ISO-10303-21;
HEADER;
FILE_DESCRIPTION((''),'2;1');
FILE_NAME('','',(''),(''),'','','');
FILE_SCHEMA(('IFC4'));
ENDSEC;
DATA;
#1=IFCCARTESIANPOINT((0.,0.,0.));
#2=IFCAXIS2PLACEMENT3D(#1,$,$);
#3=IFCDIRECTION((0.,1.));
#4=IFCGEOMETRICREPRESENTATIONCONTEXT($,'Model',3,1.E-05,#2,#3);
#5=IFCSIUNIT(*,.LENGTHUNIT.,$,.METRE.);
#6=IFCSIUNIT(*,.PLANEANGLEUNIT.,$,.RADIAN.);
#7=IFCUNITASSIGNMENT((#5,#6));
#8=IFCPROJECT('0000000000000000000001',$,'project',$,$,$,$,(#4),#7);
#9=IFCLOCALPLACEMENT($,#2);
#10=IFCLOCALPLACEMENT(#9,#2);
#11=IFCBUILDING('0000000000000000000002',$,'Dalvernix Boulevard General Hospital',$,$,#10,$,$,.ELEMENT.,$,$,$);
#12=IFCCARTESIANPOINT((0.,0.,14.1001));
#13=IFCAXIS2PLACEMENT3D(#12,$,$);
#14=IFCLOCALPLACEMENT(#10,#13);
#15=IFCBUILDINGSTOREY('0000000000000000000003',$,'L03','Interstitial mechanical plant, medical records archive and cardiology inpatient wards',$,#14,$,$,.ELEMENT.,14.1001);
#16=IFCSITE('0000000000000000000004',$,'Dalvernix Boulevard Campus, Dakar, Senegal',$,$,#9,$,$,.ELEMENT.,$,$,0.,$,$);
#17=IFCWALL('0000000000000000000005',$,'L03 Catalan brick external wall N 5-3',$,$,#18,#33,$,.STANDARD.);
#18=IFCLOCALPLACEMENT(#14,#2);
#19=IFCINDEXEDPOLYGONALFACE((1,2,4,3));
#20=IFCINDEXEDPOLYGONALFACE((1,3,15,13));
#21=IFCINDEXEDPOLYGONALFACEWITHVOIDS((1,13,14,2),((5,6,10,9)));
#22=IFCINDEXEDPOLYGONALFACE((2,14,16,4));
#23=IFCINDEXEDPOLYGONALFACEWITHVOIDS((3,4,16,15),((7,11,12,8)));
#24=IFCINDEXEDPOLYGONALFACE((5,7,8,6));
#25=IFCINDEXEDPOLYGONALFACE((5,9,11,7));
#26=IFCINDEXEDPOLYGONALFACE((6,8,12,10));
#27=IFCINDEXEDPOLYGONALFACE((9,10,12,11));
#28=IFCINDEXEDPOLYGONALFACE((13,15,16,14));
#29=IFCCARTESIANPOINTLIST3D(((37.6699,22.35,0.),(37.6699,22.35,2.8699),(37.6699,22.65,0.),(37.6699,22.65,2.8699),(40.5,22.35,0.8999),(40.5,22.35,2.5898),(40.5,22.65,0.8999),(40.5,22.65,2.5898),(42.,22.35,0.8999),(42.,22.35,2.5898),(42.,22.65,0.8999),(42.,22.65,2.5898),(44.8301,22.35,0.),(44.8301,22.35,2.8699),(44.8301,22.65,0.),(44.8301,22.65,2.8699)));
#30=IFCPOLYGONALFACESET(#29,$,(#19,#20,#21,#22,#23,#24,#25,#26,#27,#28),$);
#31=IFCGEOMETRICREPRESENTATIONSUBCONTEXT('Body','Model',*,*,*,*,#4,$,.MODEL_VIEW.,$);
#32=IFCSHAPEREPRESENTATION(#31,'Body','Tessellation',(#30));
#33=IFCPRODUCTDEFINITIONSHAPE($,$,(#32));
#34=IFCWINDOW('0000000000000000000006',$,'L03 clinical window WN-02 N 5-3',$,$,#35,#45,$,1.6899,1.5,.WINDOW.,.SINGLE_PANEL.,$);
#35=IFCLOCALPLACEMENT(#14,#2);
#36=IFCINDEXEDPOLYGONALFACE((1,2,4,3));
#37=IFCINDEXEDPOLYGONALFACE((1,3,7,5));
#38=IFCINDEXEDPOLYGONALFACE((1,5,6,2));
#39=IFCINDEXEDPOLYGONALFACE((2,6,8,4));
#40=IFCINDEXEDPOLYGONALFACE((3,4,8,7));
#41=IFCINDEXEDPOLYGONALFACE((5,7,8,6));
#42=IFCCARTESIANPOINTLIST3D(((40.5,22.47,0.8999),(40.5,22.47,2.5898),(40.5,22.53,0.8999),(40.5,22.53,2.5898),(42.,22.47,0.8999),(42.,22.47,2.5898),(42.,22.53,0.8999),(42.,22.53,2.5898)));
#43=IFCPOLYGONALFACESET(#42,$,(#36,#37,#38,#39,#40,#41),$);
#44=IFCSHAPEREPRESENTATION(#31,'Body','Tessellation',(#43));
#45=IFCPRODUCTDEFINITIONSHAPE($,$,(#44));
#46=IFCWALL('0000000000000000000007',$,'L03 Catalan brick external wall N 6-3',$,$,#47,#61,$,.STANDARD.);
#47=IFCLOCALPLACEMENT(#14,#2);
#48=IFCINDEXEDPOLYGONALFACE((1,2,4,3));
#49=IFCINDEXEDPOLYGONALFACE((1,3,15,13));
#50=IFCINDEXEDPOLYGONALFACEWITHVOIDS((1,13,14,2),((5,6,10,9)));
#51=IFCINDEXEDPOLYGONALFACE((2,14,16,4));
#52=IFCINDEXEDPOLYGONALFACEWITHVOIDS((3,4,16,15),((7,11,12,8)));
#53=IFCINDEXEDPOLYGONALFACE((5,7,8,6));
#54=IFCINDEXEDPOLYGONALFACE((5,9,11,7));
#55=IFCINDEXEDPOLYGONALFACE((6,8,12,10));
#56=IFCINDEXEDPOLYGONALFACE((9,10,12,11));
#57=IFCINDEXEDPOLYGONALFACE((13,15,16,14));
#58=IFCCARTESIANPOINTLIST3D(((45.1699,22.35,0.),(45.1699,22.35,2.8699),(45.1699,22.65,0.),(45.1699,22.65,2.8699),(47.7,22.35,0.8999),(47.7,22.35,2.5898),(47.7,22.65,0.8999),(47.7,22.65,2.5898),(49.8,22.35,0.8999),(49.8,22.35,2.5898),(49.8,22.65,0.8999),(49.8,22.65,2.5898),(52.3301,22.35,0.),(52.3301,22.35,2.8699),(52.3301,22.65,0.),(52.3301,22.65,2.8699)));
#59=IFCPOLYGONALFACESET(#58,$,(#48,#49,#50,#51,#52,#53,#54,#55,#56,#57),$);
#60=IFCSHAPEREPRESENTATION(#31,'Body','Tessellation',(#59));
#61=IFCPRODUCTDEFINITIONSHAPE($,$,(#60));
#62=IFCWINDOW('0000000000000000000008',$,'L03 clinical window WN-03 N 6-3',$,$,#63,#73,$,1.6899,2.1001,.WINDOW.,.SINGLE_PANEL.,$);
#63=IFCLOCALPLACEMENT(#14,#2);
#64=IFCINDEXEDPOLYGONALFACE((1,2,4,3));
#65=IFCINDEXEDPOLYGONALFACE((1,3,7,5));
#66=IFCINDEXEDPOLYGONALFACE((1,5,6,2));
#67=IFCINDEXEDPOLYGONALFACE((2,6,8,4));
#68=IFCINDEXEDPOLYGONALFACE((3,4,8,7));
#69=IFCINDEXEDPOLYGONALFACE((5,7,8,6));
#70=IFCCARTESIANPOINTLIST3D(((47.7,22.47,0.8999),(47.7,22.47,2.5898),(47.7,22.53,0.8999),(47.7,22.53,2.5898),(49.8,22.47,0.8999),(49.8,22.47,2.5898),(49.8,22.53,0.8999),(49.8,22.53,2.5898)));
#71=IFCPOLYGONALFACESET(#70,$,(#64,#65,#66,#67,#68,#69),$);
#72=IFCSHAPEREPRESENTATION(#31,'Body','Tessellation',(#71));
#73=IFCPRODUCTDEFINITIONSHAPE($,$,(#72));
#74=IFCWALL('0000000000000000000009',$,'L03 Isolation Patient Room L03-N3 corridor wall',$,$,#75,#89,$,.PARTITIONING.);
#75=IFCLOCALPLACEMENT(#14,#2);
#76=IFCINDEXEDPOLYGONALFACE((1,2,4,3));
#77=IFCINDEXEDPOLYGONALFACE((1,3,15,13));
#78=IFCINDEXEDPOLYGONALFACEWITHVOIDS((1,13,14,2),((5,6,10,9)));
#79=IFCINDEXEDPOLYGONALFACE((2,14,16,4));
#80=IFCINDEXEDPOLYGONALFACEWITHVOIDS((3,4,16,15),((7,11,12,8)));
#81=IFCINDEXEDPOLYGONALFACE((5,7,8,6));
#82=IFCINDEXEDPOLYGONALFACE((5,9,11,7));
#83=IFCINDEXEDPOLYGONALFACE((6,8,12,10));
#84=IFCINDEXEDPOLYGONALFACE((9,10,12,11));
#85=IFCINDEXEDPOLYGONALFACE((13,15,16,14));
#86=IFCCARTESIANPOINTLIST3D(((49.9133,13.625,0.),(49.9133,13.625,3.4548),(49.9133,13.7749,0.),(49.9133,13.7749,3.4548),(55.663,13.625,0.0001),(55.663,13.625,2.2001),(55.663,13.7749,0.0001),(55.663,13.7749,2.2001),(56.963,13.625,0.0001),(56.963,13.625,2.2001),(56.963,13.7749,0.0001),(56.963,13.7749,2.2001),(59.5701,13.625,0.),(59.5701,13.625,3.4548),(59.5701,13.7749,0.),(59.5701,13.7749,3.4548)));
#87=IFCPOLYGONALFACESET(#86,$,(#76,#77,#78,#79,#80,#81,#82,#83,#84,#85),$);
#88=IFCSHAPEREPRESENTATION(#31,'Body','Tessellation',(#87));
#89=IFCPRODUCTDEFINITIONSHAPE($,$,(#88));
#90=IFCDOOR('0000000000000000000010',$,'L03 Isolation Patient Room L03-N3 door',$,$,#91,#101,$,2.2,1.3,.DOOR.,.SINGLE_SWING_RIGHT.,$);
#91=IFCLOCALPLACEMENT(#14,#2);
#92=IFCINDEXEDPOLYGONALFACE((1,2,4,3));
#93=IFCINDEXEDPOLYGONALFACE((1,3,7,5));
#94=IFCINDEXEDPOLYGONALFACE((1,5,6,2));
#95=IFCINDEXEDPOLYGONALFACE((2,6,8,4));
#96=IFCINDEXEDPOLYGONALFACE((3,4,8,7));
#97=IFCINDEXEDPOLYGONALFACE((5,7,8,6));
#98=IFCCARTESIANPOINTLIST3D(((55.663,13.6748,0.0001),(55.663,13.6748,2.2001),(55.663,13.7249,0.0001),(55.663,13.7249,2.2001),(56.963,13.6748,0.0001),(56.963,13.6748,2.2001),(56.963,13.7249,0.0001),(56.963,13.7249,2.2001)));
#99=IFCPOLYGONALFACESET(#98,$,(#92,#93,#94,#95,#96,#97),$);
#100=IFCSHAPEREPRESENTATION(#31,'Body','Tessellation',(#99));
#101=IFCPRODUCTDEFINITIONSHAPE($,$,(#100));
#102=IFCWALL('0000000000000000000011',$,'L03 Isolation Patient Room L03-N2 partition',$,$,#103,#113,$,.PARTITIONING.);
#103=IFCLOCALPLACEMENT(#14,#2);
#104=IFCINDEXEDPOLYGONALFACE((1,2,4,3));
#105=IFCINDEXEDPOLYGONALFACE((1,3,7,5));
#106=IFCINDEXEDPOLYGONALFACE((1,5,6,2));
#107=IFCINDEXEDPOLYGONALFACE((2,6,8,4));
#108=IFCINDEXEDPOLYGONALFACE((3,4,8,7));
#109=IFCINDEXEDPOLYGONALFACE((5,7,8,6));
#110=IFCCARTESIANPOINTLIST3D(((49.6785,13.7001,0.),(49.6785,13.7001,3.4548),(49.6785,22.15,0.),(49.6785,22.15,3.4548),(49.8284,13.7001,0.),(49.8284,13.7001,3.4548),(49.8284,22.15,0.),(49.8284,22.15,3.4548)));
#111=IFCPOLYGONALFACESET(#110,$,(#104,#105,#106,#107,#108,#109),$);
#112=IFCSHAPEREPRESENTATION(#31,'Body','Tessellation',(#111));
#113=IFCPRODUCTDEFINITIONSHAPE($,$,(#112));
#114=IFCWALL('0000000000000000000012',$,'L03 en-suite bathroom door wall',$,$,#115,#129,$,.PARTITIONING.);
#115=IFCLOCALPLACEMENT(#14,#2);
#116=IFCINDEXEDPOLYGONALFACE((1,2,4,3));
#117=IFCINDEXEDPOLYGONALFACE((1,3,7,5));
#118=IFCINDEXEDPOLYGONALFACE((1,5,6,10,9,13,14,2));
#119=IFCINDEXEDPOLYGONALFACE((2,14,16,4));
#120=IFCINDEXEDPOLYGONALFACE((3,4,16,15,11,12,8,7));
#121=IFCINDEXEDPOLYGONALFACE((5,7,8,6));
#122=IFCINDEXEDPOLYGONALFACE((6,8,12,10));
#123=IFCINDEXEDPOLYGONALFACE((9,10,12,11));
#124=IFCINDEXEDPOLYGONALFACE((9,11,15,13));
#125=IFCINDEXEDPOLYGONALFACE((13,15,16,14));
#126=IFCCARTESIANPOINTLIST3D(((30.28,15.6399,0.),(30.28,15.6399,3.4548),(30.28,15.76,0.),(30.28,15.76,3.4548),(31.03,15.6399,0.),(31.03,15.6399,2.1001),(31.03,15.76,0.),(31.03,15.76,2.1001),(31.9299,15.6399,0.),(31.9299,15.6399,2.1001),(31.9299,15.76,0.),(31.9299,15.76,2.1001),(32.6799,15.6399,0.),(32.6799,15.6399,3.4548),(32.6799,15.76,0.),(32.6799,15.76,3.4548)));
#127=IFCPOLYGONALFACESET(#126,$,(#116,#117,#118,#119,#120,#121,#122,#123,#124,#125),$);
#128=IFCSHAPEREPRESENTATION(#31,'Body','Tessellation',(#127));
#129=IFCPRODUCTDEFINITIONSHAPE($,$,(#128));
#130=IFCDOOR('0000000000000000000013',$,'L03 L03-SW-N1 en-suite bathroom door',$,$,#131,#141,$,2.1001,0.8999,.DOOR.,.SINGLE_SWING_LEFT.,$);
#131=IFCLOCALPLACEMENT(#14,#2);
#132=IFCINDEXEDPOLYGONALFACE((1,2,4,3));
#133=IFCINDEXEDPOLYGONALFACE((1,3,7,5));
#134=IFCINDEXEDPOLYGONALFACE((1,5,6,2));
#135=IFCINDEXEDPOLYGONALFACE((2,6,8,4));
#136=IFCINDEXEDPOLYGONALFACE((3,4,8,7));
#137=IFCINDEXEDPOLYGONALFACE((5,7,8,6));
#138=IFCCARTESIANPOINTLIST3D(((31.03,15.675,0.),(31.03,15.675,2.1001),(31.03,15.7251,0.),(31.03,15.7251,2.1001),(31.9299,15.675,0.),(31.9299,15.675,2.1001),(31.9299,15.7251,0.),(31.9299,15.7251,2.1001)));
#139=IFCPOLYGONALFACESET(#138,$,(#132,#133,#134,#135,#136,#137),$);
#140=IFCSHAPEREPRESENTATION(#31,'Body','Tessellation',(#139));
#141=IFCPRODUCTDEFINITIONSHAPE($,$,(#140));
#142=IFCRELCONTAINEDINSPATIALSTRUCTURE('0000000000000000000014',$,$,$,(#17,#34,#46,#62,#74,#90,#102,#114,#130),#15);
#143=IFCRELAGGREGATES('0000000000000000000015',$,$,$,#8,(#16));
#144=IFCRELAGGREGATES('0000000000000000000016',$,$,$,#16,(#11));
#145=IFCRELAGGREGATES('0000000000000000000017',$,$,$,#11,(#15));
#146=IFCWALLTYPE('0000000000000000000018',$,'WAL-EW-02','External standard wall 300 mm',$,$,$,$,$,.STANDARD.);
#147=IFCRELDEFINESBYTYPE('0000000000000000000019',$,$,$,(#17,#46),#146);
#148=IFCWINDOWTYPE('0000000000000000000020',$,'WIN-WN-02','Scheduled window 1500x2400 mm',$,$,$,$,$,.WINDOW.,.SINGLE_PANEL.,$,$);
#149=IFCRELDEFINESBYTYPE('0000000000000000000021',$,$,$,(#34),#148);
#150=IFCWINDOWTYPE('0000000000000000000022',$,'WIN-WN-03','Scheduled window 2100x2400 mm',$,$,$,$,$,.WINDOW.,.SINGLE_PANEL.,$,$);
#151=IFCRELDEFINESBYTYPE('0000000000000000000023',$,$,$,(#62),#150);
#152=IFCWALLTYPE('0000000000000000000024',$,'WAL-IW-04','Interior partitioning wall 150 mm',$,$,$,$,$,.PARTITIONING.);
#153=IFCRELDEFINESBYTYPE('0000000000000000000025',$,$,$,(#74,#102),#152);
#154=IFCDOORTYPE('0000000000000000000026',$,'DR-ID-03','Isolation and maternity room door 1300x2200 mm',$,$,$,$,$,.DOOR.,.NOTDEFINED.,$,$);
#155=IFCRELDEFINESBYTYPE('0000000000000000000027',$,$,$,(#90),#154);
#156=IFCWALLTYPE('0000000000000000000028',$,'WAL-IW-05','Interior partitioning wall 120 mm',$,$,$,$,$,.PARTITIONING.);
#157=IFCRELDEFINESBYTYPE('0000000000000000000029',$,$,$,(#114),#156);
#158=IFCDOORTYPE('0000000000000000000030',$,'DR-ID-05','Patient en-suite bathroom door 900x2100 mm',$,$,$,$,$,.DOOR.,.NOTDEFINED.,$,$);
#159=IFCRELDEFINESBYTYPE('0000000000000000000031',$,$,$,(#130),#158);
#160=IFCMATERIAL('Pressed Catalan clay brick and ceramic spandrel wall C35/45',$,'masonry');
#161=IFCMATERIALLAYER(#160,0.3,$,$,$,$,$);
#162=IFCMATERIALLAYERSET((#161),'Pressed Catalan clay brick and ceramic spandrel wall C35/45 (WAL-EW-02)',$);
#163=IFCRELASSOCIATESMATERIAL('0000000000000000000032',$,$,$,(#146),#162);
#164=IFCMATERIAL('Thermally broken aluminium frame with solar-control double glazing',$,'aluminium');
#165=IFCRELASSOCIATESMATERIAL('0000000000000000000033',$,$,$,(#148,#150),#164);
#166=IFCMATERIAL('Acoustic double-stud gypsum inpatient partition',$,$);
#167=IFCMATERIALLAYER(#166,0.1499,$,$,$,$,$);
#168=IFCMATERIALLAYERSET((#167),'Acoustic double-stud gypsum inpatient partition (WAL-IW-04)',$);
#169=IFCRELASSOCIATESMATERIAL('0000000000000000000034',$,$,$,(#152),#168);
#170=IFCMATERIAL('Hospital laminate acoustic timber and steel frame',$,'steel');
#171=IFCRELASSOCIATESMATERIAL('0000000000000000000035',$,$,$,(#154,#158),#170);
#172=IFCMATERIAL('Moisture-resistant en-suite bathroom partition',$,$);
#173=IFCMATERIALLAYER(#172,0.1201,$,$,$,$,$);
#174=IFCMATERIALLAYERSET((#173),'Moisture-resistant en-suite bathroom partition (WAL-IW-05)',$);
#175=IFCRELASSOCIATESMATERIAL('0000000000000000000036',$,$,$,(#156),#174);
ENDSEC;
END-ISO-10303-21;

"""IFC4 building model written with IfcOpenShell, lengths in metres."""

from ifc_helpers import new_model, si_unit, direction, frame, frame_2d, origin, place, context, subcontext, project, spatial, rectangle, extrude, material, layer, layer_set, type_object, element, fill, save


model = new_model("IFC4")

# Units and contexts
model_context = context("Model", 3, precision=1e-05, world=origin(), true_north=direction((0.0, 1.0)))
body_context = subcontext(model_context, "Body", "Model", "MODEL_VIEW")
ifc_project = project(units=[si_unit("LENGTHUNIT", "METRE"), si_unit("PLANEANGLEUNIT", "RADIAN")], contexts=[model_context])

# Site, building, storey
site_placement = place(None, origin())
site = spatial("IfcSite", under=ifc_project, at=site_placement, Name="Dalvernix Boulevard Campus, Dakar, Senegal", CompositionType="ELEMENT", RefElevation=0.0)
building_placement = place(site_placement, origin())
building = spatial("IfcBuilding", under=site, at=building_placement, Name="Dalvernix Boulevard General Hospital", CompositionType="ELEMENT")
storey_placement = place(building_placement, frame((0.0, 0.0, 14.1001)))
storey = spatial("IfcBuildingStorey", under=building, at=storey_placement, Name="L03", Description="Interstitial mechanical plant, medical records archive and cardiology inpatient wards", CompositionType="ELEMENT", Elevation=14.1001)

# Walls, openings, windows
ifc_material_1 = material(Name="Pressed Catalan clay brick and ceramic spandrel wall C35/45", Category="masonry")
ifc_layer_1 = layer(ifc_material_1, 0.3)
ifc_layer_set_1 = layer_set([ifc_layer_1], Name="Pressed Catalan clay brick and ceramic spandrel wall C35/45 (WAL-EW-02)")
wall_type_1 = type_object("IfcWallType", Name="WAL-EW-02", Description="External standard wall 300 mm", PredefinedType="STANDARD", material=ifc_layer_set_1)
ifc_material_2 = material(Name="Thermally broken aluminium frame with solar-control double glazing", Category="aluminium")
wall_1_placement = place(storey_placement, frame((37.6699, 22.5, 0.0), z_axis=(0.0, 0.0, 1.0), x_axis=(1.0, 0.0, 0.0)))
wall_1 = element("IfcWall", 1, at=wall_1_placement, inside=storey, type_object=wall_type_1, Name="L03 Catalan brick external wall N 5-3", PredefinedType="STANDARD", context=body_context, shape_type="SweptSolid", body=[
    extrude(rectangle(XDim=7.1602, YDim=0.3, at=frame_2d((3.5801, 0.0))), origin(), (0.0, 0.0, 1.0), 2.8699),
])
opening_1_placement = place(wall_1_placement, frame((2.8301, 0.0, 0.8999)))
opening_1 = element("IfcOpeningElement", 2, at=opening_1_placement, cuts=wall_1, PredefinedType="OPENING", context=body_context, shape_type="SweptSolid", body=[
    extrude(rectangle(XDim=1.5, YDim=1.6899, at=frame_2d((0.75, 0.845))), frame((0.0, 0.1599, 0.0), z_axis=(0.0, -1.0, 0.0), x_axis=(1.0, 0.0, 0.0)), (0.0, 0.0, 1.0), 0.3201),
])
window_type_1 = type_object("IfcWindowType", Name="WIN-WN-02", Description="Scheduled window 1500x2400 mm", PartitioningType="SINGLE_PANEL", PredefinedType="WINDOW", material=ifc_material_2)
window_1_placement = place(opening_1_placement, origin())
window_1 = element("IfcWindow", 3, at=window_1_placement, inside=storey, type_object=window_type_1, Name="L03 clinical window WN-02 N 5-3", OverallHeight=1.6899, OverallWidth=1.5, PartitioningType="SINGLE_PANEL", PredefinedType="WINDOW", context=body_context, shape_type="SweptSolid", body=[
    extrude(rectangle(XDim=1.5, YDim=1.6899, at=frame_2d((0.75, 0.845))), frame((0.0, 0.03, 0.0), z_axis=(0.0, -1.0, 0.0), x_axis=(1.0, 0.0, 0.0)), (0.0, 0.0, 1.0), 0.0601),
])
fill(opening_1, window_1)
wall_2_placement = place(storey_placement, frame((45.1699, 22.5, 0.0), z_axis=(0.0, 0.0, 1.0), x_axis=(1.0, 0.0, 0.0)))
wall_2 = element("IfcWall", 4, at=wall_2_placement, inside=storey, type_object=wall_type_1, Name="L03 Catalan brick external wall N 6-3", PredefinedType="STANDARD", context=body_context, shape_type="SweptSolid", body=[
    extrude(rectangle(XDim=7.1602, YDim=0.3, at=frame_2d((3.5801, 0.0))), origin(), (0.0, 0.0, 1.0), 2.8699),
])
opening_2_placement = place(wall_2_placement, frame((2.53, 0.0, 0.8999)))
opening_2 = element("IfcOpeningElement", 5, at=opening_2_placement, cuts=wall_2, PredefinedType="OPENING", context=body_context, shape_type="SweptSolid", body=[
    extrude(rectangle(XDim=2.1001, YDim=1.6899, at=frame_2d((1.05, 0.845))), frame((0.0, 0.1599, 0.0), z_axis=(0.0, -1.0, 0.0), x_axis=(1.0, 0.0, 0.0)), (0.0, 0.0, 1.0), 0.3201),
])
window_type_2 = type_object("IfcWindowType", Name="WIN-WN-03", Description="Scheduled window 2100x2400 mm", PartitioningType="SINGLE_PANEL", PredefinedType="WINDOW", material=ifc_material_2)
window_2_placement = place(opening_2_placement, origin())
window_2 = element("IfcWindow", 6, at=window_2_placement, inside=storey, type_object=window_type_2, Name="L03 clinical window WN-03 N 6-3", OverallHeight=1.6899, OverallWidth=2.1001, PartitioningType="SINGLE_PANEL", PredefinedType="WINDOW", context=body_context, shape_type="SweptSolid", body=[
    extrude(rectangle(XDim=2.1001, YDim=1.6899, at=frame_2d((1.05, 0.845))), frame((0.0, 0.03, 0.0), z_axis=(0.0, -1.0, 0.0), x_axis=(1.0, 0.0, 0.0)), (0.0, 0.0, 1.0), 0.0601),
])
fill(opening_2, window_2)

# Wall, opening, door
ifc_material_3 = material(Name="Acoustic double-stud gypsum inpatient partition")
ifc_layer_2 = layer(ifc_material_3, 0.1499)
ifc_layer_set_2 = layer_set([ifc_layer_2], Name="Acoustic double-stud gypsum inpatient partition (WAL-IW-04)")
wall_type_2 = type_object("IfcWallType", Name="WAL-IW-04", Description="Interior partitioning wall 150 mm", PredefinedType="PARTITIONING", material=ifc_layer_set_2)
wall_3_placement = place(storey_placement, frame((49.9133, 13.7, 0.0), z_axis=(0.0, 0.0, 1.0), x_axis=(1.0, 0.0, 0.0)))
wall_3 = element("IfcWall", 7, at=wall_3_placement, inside=storey, type_object=wall_type_2, Name="L03 Isolation Patient Room L03-N3 corridor wall", PredefinedType="PARTITIONING", context=body_context, shape_type="SweptSolid", body=[
    extrude(rectangle(XDim=9.6567, YDim=0.1499, at=frame_2d((4.8284, 0.0))), origin(), (0.0, 0.0, 1.0), 3.4548),
])
opening_3_placement = place(wall_3_placement, frame((5.7498, 0.0, 0.0)))
opening_3 = element("IfcOpeningElement", 8, at=opening_3_placement, cuts=wall_3, PredefinedType="OPENING", context=body_context, shape_type="SweptSolid", body=[
    extrude(rectangle(XDim=1.3, YDim=2.2, at=frame_2d((0.6499, 1.1001))), frame((0.0, 0.085, 0.0), z_axis=(0.0, -1.0, 0.0), x_axis=(1.0, 0.0, 0.0)), (0.0, 0.0, 1.0), 0.1699),
])
ifc_material_4 = material(Name="Hospital laminate acoustic timber and steel frame", Category="steel")
door_type_1 = type_object("IfcDoorType", Name="DR-ID-03", Description="Isolation and maternity room door 1300x2200 mm", OperationType="NOTDEFINED", PredefinedType="DOOR", material=ifc_material_4)
door_1_placement = place(opening_3_placement, origin())
door_1 = element("IfcDoor", 9, at=door_1_placement, inside=storey, type_object=door_type_1, Name="L03 Isolation Patient Room L03-N3 door", OperationType="SINGLE_SWING_RIGHT", OverallHeight=2.2, OverallWidth=1.3, PredefinedType="DOOR", context=body_context, shape_type="SweptSolid", body=[
    extrude(rectangle(XDim=1.3, YDim=2.2, at=frame_2d((0.6499, 1.1001))), frame((0.0, 0.0249, 0.0), z_axis=(0.0, -1.0, 0.0), x_axis=(1.0, 0.0, 0.0)), (0.0, 0.0, 1.0), 0.05),
])
fill(opening_3, door_1)

# Wall
wall_4_placement = place(storey_placement, frame((49.7534, 13.7, 0.0), z_axis=(0.0, 0.0, 1.0), x_axis=(0.0, 1.0, 0.0)))
element("IfcWall", 10, at=wall_4_placement, inside=storey, type_object=wall_type_2, Name="L03 Isolation Patient Room L03-N2 partition", PredefinedType="PARTITIONING", context=body_context, shape_type="SweptSolid", body=[
    extrude(rectangle(XDim=8.45, YDim=0.1499, at=frame_2d((4.2251, 0.0))), origin(), (0.0, 0.0, 1.0), 3.4548),
])

# Wall, opening, door
ifc_material_5 = material(Name="Moisture-resistant en-suite bathroom partition")
ifc_layer_3 = layer(ifc_material_5, 0.1201)
ifc_layer_set_3 = layer_set([ifc_layer_3], Name="Moisture-resistant en-suite bathroom partition (WAL-IW-05)")
wall_type_3 = type_object("IfcWallType", Name="WAL-IW-05", Description="Interior partitioning wall 120 mm", PredefinedType="PARTITIONING", material=ifc_layer_set_3)
wall_5_placement = place(storey_placement, frame((32.6799, 15.7, 0.0), z_axis=(0.0, 0.0, 1.0), x_axis=(-1.0, 0.0, 0.0)))
wall_5 = element("IfcWall", 11, at=wall_5_placement, inside=storey, type_object=wall_type_3, Name="L03 en-suite bathroom door wall", PredefinedType="PARTITIONING", context=body_context, shape_type="SweptSolid", body=[
    extrude(rectangle(XDim=2.3999, YDim=0.1201, at=frame_2d((1.2, 0.0))), origin(), (0.0, 0.0, 1.0), 3.4548),
])
opening_4_placement = place(wall_5_placement, frame((0.75, 0.0, 0.0)))
opening_4 = element("IfcOpeningElement", 12, at=opening_4_placement, cuts=wall_5, PredefinedType="OPENING", context=body_context, shape_type="SweptSolid", body=[
    extrude(rectangle(XDim=0.8999, YDim=2.1001, at=frame_2d((0.45, 1.05))), frame((0.0, 0.0701, 0.0), z_axis=(0.0, -1.0, 0.0), x_axis=(1.0, 0.0, 0.0)), (0.0, 0.0, 1.0), 0.1401),
])
door_type_2 = type_object("IfcDoorType", Name="DR-ID-05", Description="Patient en-suite bathroom door 900x2100 mm", OperationType="NOTDEFINED", PredefinedType="DOOR", material=ifc_material_4)
door_2_placement = place(opening_4_placement, origin())
door_2 = element("IfcDoor", 13, at=door_2_placement, inside=storey, type_object=door_type_2, Name="L03 L03-SW-N1 en-suite bathroom door", OperationType="SINGLE_SWING_LEFT", OverallHeight=2.1001, OverallWidth=0.8999, PredefinedType="DOOR", context=body_context, shape_type="SweptSolid", body=[
    extrude(rectangle(XDim=0.8999, YDim=2.1001, at=frame_2d((0.45, 1.05))), frame((0.0, 0.0249, 0.0), z_axis=(0.0, -1.0, 0.0), x_axis=(1.0, 0.0, 0.0)), (0.0, 0.0, 1.0), 0.05),
])
fill(opening_4, door_2)

save(model, "model.ifc")
